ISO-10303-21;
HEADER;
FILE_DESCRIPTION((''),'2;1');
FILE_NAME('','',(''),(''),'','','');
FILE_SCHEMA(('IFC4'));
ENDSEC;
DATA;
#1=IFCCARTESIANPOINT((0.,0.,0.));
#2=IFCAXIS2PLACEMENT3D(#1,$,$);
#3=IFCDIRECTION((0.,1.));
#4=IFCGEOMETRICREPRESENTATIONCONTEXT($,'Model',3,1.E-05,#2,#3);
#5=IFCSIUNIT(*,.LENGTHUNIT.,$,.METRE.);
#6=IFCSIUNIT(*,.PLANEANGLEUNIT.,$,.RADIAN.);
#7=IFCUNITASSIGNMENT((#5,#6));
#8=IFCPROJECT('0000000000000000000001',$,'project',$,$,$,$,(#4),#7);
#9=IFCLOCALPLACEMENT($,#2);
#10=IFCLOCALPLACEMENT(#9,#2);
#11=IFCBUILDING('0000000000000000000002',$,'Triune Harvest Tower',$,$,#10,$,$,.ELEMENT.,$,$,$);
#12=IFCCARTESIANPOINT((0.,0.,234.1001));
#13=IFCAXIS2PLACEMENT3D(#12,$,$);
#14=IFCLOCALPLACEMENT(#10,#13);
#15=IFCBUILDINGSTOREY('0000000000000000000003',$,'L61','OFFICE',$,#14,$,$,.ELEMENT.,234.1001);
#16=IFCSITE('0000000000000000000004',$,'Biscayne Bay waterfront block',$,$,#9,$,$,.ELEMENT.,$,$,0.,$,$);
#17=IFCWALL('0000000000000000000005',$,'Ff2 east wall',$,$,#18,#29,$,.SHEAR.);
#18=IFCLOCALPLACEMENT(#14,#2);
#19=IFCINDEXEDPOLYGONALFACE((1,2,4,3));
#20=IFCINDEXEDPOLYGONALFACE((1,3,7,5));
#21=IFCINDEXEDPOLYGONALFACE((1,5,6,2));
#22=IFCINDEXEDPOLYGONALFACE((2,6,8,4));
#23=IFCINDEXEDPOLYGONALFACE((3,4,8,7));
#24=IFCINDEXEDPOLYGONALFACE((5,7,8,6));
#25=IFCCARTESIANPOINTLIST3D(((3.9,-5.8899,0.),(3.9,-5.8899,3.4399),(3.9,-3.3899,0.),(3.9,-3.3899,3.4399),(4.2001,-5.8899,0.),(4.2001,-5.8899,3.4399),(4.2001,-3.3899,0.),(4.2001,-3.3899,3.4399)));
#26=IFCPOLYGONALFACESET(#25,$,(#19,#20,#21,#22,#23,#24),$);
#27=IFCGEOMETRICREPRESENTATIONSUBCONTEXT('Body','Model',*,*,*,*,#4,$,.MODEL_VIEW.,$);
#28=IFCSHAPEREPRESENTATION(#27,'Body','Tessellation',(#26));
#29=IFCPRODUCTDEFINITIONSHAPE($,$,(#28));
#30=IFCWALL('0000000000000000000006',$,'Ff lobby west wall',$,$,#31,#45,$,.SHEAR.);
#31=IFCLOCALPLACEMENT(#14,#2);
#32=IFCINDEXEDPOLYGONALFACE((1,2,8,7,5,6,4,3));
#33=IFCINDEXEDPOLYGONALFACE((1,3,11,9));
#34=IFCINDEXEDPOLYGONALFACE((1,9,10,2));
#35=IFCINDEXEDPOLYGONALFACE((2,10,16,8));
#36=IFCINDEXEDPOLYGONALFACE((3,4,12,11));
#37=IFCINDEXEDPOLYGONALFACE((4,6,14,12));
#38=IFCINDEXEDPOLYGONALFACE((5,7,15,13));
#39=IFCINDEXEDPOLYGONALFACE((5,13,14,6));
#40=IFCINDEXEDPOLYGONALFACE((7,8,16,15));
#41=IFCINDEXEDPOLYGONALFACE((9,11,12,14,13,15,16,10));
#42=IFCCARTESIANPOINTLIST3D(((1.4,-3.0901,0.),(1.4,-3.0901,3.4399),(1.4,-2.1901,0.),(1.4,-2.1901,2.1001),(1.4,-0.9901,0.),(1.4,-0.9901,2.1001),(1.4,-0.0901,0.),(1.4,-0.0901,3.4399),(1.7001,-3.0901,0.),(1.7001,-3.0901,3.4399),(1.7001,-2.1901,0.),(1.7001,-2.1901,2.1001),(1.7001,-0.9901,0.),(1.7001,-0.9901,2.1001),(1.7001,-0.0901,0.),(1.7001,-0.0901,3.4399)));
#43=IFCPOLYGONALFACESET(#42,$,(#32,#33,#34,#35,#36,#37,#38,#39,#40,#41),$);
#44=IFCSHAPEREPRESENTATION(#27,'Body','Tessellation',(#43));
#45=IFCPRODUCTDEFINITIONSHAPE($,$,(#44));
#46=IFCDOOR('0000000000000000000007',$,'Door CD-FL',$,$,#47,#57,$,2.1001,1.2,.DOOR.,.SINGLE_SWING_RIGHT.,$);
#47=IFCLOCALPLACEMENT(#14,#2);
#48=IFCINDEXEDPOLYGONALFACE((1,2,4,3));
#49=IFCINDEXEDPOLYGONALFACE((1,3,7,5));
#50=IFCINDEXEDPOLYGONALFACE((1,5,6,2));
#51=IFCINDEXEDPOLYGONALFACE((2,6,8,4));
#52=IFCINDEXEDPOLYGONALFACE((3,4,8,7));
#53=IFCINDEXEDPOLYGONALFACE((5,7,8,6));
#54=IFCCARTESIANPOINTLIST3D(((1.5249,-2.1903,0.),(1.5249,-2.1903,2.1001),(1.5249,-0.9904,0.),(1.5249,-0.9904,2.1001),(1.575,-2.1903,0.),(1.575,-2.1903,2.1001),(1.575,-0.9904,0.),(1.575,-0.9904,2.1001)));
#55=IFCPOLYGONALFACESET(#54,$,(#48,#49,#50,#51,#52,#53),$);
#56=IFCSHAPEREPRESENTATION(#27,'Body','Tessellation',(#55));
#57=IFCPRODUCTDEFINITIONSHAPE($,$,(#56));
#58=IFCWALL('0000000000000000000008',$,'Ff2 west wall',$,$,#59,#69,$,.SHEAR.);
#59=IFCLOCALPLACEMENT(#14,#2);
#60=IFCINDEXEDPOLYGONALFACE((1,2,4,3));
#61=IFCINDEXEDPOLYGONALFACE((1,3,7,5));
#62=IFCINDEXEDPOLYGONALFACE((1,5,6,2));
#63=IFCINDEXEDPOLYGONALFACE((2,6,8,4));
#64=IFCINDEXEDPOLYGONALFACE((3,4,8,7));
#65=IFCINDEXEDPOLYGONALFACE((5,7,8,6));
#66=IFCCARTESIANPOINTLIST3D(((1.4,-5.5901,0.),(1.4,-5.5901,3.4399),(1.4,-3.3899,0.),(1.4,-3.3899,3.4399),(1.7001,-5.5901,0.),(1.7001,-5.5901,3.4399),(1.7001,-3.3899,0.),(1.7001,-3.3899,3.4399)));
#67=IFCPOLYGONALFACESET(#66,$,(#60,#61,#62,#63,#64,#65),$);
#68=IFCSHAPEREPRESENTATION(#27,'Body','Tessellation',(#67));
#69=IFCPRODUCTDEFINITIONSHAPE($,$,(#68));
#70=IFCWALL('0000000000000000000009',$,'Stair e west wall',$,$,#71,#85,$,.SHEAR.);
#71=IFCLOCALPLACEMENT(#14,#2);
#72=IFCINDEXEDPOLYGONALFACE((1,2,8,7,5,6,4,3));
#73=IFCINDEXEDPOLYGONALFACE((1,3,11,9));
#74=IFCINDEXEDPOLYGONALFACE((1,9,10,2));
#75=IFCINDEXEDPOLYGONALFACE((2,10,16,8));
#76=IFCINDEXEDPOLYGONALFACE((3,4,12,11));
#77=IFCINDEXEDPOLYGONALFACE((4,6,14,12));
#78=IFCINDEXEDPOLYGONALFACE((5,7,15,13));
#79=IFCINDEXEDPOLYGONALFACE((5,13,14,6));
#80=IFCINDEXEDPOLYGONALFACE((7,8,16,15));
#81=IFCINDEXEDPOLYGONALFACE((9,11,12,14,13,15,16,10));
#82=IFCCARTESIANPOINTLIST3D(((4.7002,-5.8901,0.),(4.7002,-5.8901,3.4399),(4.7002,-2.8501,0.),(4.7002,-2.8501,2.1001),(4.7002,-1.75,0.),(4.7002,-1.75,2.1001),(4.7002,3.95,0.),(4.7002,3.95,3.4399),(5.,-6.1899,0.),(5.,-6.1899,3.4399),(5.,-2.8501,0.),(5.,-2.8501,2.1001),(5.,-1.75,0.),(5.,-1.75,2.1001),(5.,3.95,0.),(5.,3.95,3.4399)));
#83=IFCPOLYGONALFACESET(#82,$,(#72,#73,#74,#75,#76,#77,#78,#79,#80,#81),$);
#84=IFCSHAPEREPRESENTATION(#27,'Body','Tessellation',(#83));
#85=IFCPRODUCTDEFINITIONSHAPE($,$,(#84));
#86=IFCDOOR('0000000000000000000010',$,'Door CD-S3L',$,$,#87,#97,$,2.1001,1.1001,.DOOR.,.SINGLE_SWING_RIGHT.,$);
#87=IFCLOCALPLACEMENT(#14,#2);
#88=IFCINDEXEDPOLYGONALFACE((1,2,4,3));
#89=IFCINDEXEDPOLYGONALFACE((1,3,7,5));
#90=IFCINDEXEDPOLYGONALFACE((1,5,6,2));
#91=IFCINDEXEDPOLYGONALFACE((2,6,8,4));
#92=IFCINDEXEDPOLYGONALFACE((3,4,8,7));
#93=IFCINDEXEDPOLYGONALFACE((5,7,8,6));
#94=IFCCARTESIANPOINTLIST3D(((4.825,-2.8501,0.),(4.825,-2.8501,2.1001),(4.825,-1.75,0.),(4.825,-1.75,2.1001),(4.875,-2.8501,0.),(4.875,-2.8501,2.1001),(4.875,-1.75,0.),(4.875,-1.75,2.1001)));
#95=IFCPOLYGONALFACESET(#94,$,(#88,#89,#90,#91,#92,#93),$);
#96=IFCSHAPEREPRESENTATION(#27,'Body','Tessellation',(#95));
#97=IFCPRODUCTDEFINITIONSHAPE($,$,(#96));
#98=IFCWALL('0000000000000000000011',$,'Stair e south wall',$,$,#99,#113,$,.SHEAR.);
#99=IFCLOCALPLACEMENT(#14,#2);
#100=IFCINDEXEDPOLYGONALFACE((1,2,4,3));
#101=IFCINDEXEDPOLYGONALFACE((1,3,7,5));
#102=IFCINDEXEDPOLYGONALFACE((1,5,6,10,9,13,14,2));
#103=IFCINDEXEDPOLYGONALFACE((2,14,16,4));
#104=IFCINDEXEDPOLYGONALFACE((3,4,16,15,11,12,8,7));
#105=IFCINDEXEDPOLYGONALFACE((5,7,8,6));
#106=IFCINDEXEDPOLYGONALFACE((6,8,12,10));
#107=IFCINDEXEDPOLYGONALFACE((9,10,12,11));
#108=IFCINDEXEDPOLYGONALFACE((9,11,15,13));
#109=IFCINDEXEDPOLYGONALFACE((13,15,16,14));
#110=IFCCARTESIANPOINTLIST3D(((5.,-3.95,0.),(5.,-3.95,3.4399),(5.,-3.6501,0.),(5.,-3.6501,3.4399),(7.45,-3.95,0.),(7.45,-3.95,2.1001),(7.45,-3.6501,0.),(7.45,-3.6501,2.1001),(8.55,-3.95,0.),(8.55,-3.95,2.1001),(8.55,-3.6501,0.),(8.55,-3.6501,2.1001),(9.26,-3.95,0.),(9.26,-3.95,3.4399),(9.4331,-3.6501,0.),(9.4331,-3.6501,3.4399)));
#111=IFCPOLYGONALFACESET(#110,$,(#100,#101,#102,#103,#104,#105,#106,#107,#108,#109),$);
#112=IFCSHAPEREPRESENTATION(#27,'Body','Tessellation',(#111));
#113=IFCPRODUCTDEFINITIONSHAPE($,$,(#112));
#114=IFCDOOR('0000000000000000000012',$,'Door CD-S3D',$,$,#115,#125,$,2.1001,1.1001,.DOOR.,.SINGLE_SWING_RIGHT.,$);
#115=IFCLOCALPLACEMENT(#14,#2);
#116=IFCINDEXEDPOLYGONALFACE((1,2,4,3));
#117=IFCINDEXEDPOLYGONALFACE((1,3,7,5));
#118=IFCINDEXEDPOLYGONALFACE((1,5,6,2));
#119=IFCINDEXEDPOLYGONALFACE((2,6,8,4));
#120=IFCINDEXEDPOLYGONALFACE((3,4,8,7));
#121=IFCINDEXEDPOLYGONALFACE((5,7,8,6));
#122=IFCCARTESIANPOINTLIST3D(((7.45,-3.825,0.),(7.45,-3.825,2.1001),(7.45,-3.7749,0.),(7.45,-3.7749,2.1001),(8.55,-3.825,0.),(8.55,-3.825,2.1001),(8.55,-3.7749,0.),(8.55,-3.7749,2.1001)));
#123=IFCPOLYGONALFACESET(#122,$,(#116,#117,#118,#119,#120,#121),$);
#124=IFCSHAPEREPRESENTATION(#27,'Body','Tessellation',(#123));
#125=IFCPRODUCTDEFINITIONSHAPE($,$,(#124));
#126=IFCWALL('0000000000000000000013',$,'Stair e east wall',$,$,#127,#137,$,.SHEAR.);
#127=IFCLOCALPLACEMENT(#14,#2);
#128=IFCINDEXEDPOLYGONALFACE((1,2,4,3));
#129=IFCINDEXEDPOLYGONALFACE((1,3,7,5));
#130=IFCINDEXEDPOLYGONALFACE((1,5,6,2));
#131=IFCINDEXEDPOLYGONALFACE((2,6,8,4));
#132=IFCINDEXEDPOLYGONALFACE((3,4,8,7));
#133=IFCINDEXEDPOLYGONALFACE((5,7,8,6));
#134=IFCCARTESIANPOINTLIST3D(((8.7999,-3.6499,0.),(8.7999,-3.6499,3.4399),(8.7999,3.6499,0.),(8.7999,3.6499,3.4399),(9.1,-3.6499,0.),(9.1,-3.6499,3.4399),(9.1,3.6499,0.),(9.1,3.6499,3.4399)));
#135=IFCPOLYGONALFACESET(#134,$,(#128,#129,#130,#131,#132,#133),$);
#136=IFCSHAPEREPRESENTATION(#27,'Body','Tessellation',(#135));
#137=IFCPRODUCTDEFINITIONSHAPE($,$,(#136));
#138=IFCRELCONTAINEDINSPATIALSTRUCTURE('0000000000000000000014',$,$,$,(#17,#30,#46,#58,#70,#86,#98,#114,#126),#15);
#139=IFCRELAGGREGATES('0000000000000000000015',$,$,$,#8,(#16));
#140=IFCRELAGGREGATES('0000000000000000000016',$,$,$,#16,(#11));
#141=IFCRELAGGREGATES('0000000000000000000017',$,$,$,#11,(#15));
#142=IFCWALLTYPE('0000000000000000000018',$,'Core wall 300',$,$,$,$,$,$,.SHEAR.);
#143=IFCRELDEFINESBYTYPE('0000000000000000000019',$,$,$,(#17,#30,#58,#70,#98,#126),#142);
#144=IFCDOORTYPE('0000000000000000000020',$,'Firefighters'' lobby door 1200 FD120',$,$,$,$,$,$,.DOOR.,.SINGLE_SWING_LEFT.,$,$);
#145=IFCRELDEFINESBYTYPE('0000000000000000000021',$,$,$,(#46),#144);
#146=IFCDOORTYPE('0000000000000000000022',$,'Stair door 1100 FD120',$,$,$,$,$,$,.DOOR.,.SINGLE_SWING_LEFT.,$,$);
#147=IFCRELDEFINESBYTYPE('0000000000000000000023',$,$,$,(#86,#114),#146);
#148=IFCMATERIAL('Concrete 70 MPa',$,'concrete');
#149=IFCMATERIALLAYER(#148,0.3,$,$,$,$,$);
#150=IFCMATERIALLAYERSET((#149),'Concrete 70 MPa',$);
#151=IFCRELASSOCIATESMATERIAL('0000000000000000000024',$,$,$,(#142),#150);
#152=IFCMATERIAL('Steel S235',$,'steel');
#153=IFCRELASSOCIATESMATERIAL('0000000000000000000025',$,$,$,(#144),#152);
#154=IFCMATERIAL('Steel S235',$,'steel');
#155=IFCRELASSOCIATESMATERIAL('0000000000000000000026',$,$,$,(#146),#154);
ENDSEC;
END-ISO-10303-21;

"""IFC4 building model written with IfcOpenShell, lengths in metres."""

from ifc_helpers import new_model, si_unit, direction, frame, frame_2d, origin, place, context, subcontext, project, spatial, polyline, rectangle, outline, extrude, source, transform, mapped, material, layer, layer_set, type_object, element, fill, save


model = new_model("IFC4")

# Units and contexts
model_context = context("Model", 3, precision=1e-05, world=origin(), true_north=direction((0.0, 1.0)))
body_context = subcontext(model_context, "Body", "Model", "MODEL_VIEW")
ifc_project = project(units=[si_unit("LENGTHUNIT", "METRE"), si_unit("PLANEANGLEUNIT", "RADIAN")], contexts=[model_context])

# Site, building, storey
site_placement = place(None, origin())
site = spatial("IfcSite", under=ifc_project, at=site_placement, Name="Biscayne Bay waterfront block", CompositionType="ELEMENT", RefElevation=0.0)
building_placement = place(site_placement, origin())
building = spatial("IfcBuilding", under=site, at=building_placement, Name="Triune Harvest Tower", CompositionType="ELEMENT")
storey_placement = place(building_placement, frame((0.0, 0.0, 234.1001)))
storey = spatial("IfcBuildingStorey", under=building, at=storey_placement, Name="L61", Description="OFFICE", CompositionType="ELEMENT", Elevation=234.1001)

# Wall
ifc_material_1 = material(Name="Concrete 70 MPa", Category="concrete")
ifc_layer_1 = layer(ifc_material_1, 0.3)
ifc_layer_set_1 = layer_set([ifc_layer_1], Name="Concrete 70 MPa")
wall_type_1 = type_object("IfcWallType", Name="Core wall 300", PredefinedType="SHEAR", material=ifc_layer_set_1)
shared_shape_1 = source(origin(), body_context, "Body", "SweptSolid", [
    extrude(rectangle(XDim=2.5, YDim=0.3, at=frame_2d((1.25, 0.0))), origin(), (0.0, 0.0, 1.0), 3.4399),
])
wall_1_placement = place(storey_placement, frame((4.05, -5.8899, 0.0), z_axis=(0.0, 0.0, 1.0), x_axis=(0.0, 1.0, 0.0)))
element("IfcWall", 1, at=wall_1_placement, inside=storey, type_object=wall_type_1, Name="Ff2 east wall", PredefinedType="SHEAR", context=body_context, shape_type="MappedRepresentation", body=[
    mapped(shared_shape_1, transform((0.0, 0.0, 0.0), scale=1.0)),
])

# Wall, opening, door
shared_shape_2 = source(origin(), body_context, "Body", "SweptSolid", [
    extrude(rectangle(XDim=3.0, YDim=0.3, at=frame_2d((1.5, 0.0))), origin(), (0.0, 0.0, 1.0), 3.4399),
])
wall_2_placement = place(storey_placement, frame((1.55, -3.0901, 0.0), z_axis=(0.0, 0.0, 1.0), x_axis=(0.0, 1.0, 0.0)))
wall_2 = element("IfcWall", 2, at=wall_2_placement, inside=storey, type_object=wall_type_1, Name="Ff lobby west wall", PredefinedType="SHEAR", context=body_context, shape_type="MappedRepresentation", body=[
    mapped(shared_shape_2, transform((0.0, 0.0, 0.0), scale=1.0)),
])
opening_1_placement = place(wall_2_placement, frame((0.8999, 0.0, 0.0)))
opening_1 = element("IfcOpeningElement", 3, at=opening_1_placement, cuts=wall_2, PredefinedType="OPENING", context=body_context, shape_type="SweptSolid", body=[
    extrude(rectangle(XDim=1.2, YDim=2.1001, at=frame_2d((0.6001, 1.05))), frame((0.0, 0.1602, 0.0), z_axis=(0.0, -1.0, 0.0), x_axis=(1.0, 0.0, 0.0)), (0.0, 0.0, 1.0), 0.3201),
])
ifc_material_2 = material(Name="Steel S235", Category="steel")
door_type_1 = type_object("IfcDoorType", Name="Firefighters' lobby door 1200 FD120", OperationType="SINGLE_SWING_LEFT", PredefinedType="DOOR", material=ifc_material_2)
door_1_placement = place(opening_1_placement, frame((1.2, 0.0, 0.0), z_axis=(0.0, 0.0, 1.0), x_axis=(-1.0, 0.0, 0.0)))
door_1 = element("IfcDoor", 4, at=door_1_placement, inside=storey, type_object=door_type_1, Name="Door CD-FL", OperationType="SINGLE_SWING_RIGHT", OverallHeight=2.1001, OverallWidth=1.2, PredefinedType="DOOR", context=body_context, shape_type="SweptSolid", body=[
    extrude(rectangle(XDim=1.2, YDim=2.1001, at=frame_2d((0.6001, 1.05))), frame((0.0, 0.0249, 0.0), z_axis=(0.0, -1.0, 0.0), x_axis=(1.0, 0.0, 0.0)), (0.0, 0.0, 1.0), 0.05),
])
fill(opening_1, door_1)

# Wall
shared_shape_3 = source(origin(), body_context, "Body", "SweptSolid", [
    extrude(rectangle(XDim=2.2002, YDim=0.3, at=frame_2d((1.1001, 0.0))), origin(), (0.0, 0.0, 1.0), 3.4399),
])
wall_3_placement = place(storey_placement, frame((1.55, -5.5901, 0.0), z_axis=(0.0, 0.0, 1.0), x_axis=(0.0, 1.0, 0.0)))
element("IfcWall", 5, at=wall_3_placement, inside=storey, type_object=wall_type_1, Name="Ff2 west wall", PredefinedType="SHEAR", context=body_context, shape_type="MappedRepresentation", body=[
    mapped(shared_shape_3, transform((0.0, 0.0, 0.0), scale=1.0)),
])

# Walls, openings, doors
shared_shape_4 = source(origin(), body_context, "Body", "SweptSolid", [
    extrude(outline(polyline([(-0.1499, -0.1499), (9.99, -0.1499), (9.99, 0.1499), (0.1499, 0.1499), (-0.1499, -0.1499)])), origin(), (0.0, 0.0, 1.0), 3.4399),
])
wall_4_placement = place(storey_placement, frame((4.8501, -6.04, 0.0), z_axis=(0.0, 0.0, 1.0), x_axis=(0.0, 1.0, 0.0)))
wall_4 = element("IfcWall", 6, at=wall_4_placement, inside=storey, type_object=wall_type_1, Name="Stair e west wall", PredefinedType="SHEAR", context=body_context, shape_type="MappedRepresentation", body=[
    mapped(shared_shape_4, transform((0.0, 0.0, 0.0), scale=1.0)),
])
opening_2_placement = place(wall_4_placement, frame((3.1899, 0.0, 0.0)))
opening_2 = element("IfcOpeningElement", 7, at=opening_2_placement, cuts=wall_4, PredefinedType="OPENING", context=body_context, shape_type="SweptSolid", body=[
    extrude(rectangle(XDim=1.1001, YDim=2.1001, at=frame_2d((0.55, 1.05))), frame((0.0, 0.1602, 0.0), z_axis=(0.0, -1.0, 0.0), x_axis=(1.0, 0.0, 0.0)), (0.0, 0.0, 1.0), 0.3201),
])
ifc_material_3 = material(Name="Steel S235", Category="steel")
door_type_2 = type_object("IfcDoorType", Name="Stair door 1100 FD120", OperationType="SINGLE_SWING_LEFT", PredefinedType="DOOR", material=ifc_material_3)
door_2_placement = place(opening_2_placement, frame((1.1001, 0.0, 0.0), z_axis=(0.0, 0.0, 1.0), x_axis=(-1.0, 0.0, 0.0)))
door_2 = element("IfcDoor", 8, at=door_2_placement, inside=storey, type_object=door_type_2, Name="Door CD-S3L", OperationType="SINGLE_SWING_RIGHT", OverallHeight=2.1001, OverallWidth=1.1001, PredefinedType="DOOR", context=body_context, shape_type="SweptSolid", body=[
    extrude(rectangle(XDim=1.1001, YDim=2.1001, at=frame_2d((0.55, 1.05))), frame((0.0, 0.0249, 0.0), z_axis=(0.0, -1.0, 0.0), x_axis=(1.0, 0.0, 0.0)), (0.0, 0.0, 1.0), 0.05),
])
fill(opening_2, door_2)
shared_shape_5 = source(origin(), body_context, "Body", "SweptSolid", [
    extrude(outline(polyline([(0.0, -0.1499), (0.0, 0.1499), (4.4331, 0.1499), (4.26, -0.1499), (0.0, -0.1499)])), origin(), (0.0, 0.0, 1.0), 3.4399),
])
wall_5_placement = place(storey_placement, frame((5.0, -3.8, 0.0), z_axis=(0.0, 0.0, 1.0), x_axis=(1.0, 0.0, 0.0)))
wall_5 = element("IfcWall", 9, at=wall_5_placement, inside=storey, type_object=wall_type_1, Name="Stair e south wall", PredefinedType="SHEAR", context=body_context, shape_type="MappedRepresentation", body=[
    mapped(shared_shape_5, transform((0.0, 0.0, 0.0), scale=1.0)),
])
opening_3_placement = place(wall_5_placement, frame((2.45, 0.0, 0.0)))
opening_3 = element("IfcOpeningElement", 10, at=opening_3_placement, cuts=wall_5, PredefinedType="OPENING", context=body_context, shape_type="SweptSolid", body=[
    extrude(rectangle(XDim=1.1001, YDim=2.1001, at=frame_2d((0.55, 1.05))), frame((0.0, 0.1602, 0.0), z_axis=(0.0, -1.0, 0.0), x_axis=(1.0, 0.0, 0.0)), (0.0, 0.0, 1.0), 0.3201),
])
door_3_placement = place(opening_3_placement, frame((1.1001, 0.0, 0.0), z_axis=(0.0, 0.0, 1.0), x_axis=(-1.0, 0.0, 0.0)))
door_3 = element("IfcDoor", 11, at=door_3_placement, inside=storey, type_object=door_type_2, Name="Door CD-S3D", OperationType="SINGLE_SWING_RIGHT", OverallHeight=2.1001, OverallWidth=1.1001, PredefinedType="DOOR", context=body_context, shape_type="SweptSolid", body=[
    extrude(rectangle(XDim=1.1001, YDim=2.1001, at=frame_2d((0.55, 1.05))), frame((0.0, 0.0249, 0.0), z_axis=(0.0, -1.0, 0.0), x_axis=(1.0, 0.0, 0.0)), (0.0, 0.0, 1.0), 0.05),
])
fill(opening_3, door_3)

# Wall
shared_shape_6 = source(origin(), body_context, "Body", "SweptSolid", [
    extrude(rectangle(XDim=7.2998, YDim=0.3, at=frame_2d((3.6499, 0.0))), origin(), (0.0, 0.0, 1.0), 3.4399),
])
wall_6_placement = place(storey_placement, frame((8.95, -3.6499, 0.0), z_axis=(0.0, 0.0, 1.0), x_axis=(0.0, 1.0, 0.0)))
element("IfcWall", 12, at=wall_6_placement, inside=storey, type_object=wall_type_1, Name="Stair e east wall", PredefinedType="SHEAR", context=body_context, shape_type="MappedRepresentation", body=[
    mapped(shared_shape_6, transform((0.0, 0.0, 0.0), scale=1.0)),
])

save(model, "model.ifc")
